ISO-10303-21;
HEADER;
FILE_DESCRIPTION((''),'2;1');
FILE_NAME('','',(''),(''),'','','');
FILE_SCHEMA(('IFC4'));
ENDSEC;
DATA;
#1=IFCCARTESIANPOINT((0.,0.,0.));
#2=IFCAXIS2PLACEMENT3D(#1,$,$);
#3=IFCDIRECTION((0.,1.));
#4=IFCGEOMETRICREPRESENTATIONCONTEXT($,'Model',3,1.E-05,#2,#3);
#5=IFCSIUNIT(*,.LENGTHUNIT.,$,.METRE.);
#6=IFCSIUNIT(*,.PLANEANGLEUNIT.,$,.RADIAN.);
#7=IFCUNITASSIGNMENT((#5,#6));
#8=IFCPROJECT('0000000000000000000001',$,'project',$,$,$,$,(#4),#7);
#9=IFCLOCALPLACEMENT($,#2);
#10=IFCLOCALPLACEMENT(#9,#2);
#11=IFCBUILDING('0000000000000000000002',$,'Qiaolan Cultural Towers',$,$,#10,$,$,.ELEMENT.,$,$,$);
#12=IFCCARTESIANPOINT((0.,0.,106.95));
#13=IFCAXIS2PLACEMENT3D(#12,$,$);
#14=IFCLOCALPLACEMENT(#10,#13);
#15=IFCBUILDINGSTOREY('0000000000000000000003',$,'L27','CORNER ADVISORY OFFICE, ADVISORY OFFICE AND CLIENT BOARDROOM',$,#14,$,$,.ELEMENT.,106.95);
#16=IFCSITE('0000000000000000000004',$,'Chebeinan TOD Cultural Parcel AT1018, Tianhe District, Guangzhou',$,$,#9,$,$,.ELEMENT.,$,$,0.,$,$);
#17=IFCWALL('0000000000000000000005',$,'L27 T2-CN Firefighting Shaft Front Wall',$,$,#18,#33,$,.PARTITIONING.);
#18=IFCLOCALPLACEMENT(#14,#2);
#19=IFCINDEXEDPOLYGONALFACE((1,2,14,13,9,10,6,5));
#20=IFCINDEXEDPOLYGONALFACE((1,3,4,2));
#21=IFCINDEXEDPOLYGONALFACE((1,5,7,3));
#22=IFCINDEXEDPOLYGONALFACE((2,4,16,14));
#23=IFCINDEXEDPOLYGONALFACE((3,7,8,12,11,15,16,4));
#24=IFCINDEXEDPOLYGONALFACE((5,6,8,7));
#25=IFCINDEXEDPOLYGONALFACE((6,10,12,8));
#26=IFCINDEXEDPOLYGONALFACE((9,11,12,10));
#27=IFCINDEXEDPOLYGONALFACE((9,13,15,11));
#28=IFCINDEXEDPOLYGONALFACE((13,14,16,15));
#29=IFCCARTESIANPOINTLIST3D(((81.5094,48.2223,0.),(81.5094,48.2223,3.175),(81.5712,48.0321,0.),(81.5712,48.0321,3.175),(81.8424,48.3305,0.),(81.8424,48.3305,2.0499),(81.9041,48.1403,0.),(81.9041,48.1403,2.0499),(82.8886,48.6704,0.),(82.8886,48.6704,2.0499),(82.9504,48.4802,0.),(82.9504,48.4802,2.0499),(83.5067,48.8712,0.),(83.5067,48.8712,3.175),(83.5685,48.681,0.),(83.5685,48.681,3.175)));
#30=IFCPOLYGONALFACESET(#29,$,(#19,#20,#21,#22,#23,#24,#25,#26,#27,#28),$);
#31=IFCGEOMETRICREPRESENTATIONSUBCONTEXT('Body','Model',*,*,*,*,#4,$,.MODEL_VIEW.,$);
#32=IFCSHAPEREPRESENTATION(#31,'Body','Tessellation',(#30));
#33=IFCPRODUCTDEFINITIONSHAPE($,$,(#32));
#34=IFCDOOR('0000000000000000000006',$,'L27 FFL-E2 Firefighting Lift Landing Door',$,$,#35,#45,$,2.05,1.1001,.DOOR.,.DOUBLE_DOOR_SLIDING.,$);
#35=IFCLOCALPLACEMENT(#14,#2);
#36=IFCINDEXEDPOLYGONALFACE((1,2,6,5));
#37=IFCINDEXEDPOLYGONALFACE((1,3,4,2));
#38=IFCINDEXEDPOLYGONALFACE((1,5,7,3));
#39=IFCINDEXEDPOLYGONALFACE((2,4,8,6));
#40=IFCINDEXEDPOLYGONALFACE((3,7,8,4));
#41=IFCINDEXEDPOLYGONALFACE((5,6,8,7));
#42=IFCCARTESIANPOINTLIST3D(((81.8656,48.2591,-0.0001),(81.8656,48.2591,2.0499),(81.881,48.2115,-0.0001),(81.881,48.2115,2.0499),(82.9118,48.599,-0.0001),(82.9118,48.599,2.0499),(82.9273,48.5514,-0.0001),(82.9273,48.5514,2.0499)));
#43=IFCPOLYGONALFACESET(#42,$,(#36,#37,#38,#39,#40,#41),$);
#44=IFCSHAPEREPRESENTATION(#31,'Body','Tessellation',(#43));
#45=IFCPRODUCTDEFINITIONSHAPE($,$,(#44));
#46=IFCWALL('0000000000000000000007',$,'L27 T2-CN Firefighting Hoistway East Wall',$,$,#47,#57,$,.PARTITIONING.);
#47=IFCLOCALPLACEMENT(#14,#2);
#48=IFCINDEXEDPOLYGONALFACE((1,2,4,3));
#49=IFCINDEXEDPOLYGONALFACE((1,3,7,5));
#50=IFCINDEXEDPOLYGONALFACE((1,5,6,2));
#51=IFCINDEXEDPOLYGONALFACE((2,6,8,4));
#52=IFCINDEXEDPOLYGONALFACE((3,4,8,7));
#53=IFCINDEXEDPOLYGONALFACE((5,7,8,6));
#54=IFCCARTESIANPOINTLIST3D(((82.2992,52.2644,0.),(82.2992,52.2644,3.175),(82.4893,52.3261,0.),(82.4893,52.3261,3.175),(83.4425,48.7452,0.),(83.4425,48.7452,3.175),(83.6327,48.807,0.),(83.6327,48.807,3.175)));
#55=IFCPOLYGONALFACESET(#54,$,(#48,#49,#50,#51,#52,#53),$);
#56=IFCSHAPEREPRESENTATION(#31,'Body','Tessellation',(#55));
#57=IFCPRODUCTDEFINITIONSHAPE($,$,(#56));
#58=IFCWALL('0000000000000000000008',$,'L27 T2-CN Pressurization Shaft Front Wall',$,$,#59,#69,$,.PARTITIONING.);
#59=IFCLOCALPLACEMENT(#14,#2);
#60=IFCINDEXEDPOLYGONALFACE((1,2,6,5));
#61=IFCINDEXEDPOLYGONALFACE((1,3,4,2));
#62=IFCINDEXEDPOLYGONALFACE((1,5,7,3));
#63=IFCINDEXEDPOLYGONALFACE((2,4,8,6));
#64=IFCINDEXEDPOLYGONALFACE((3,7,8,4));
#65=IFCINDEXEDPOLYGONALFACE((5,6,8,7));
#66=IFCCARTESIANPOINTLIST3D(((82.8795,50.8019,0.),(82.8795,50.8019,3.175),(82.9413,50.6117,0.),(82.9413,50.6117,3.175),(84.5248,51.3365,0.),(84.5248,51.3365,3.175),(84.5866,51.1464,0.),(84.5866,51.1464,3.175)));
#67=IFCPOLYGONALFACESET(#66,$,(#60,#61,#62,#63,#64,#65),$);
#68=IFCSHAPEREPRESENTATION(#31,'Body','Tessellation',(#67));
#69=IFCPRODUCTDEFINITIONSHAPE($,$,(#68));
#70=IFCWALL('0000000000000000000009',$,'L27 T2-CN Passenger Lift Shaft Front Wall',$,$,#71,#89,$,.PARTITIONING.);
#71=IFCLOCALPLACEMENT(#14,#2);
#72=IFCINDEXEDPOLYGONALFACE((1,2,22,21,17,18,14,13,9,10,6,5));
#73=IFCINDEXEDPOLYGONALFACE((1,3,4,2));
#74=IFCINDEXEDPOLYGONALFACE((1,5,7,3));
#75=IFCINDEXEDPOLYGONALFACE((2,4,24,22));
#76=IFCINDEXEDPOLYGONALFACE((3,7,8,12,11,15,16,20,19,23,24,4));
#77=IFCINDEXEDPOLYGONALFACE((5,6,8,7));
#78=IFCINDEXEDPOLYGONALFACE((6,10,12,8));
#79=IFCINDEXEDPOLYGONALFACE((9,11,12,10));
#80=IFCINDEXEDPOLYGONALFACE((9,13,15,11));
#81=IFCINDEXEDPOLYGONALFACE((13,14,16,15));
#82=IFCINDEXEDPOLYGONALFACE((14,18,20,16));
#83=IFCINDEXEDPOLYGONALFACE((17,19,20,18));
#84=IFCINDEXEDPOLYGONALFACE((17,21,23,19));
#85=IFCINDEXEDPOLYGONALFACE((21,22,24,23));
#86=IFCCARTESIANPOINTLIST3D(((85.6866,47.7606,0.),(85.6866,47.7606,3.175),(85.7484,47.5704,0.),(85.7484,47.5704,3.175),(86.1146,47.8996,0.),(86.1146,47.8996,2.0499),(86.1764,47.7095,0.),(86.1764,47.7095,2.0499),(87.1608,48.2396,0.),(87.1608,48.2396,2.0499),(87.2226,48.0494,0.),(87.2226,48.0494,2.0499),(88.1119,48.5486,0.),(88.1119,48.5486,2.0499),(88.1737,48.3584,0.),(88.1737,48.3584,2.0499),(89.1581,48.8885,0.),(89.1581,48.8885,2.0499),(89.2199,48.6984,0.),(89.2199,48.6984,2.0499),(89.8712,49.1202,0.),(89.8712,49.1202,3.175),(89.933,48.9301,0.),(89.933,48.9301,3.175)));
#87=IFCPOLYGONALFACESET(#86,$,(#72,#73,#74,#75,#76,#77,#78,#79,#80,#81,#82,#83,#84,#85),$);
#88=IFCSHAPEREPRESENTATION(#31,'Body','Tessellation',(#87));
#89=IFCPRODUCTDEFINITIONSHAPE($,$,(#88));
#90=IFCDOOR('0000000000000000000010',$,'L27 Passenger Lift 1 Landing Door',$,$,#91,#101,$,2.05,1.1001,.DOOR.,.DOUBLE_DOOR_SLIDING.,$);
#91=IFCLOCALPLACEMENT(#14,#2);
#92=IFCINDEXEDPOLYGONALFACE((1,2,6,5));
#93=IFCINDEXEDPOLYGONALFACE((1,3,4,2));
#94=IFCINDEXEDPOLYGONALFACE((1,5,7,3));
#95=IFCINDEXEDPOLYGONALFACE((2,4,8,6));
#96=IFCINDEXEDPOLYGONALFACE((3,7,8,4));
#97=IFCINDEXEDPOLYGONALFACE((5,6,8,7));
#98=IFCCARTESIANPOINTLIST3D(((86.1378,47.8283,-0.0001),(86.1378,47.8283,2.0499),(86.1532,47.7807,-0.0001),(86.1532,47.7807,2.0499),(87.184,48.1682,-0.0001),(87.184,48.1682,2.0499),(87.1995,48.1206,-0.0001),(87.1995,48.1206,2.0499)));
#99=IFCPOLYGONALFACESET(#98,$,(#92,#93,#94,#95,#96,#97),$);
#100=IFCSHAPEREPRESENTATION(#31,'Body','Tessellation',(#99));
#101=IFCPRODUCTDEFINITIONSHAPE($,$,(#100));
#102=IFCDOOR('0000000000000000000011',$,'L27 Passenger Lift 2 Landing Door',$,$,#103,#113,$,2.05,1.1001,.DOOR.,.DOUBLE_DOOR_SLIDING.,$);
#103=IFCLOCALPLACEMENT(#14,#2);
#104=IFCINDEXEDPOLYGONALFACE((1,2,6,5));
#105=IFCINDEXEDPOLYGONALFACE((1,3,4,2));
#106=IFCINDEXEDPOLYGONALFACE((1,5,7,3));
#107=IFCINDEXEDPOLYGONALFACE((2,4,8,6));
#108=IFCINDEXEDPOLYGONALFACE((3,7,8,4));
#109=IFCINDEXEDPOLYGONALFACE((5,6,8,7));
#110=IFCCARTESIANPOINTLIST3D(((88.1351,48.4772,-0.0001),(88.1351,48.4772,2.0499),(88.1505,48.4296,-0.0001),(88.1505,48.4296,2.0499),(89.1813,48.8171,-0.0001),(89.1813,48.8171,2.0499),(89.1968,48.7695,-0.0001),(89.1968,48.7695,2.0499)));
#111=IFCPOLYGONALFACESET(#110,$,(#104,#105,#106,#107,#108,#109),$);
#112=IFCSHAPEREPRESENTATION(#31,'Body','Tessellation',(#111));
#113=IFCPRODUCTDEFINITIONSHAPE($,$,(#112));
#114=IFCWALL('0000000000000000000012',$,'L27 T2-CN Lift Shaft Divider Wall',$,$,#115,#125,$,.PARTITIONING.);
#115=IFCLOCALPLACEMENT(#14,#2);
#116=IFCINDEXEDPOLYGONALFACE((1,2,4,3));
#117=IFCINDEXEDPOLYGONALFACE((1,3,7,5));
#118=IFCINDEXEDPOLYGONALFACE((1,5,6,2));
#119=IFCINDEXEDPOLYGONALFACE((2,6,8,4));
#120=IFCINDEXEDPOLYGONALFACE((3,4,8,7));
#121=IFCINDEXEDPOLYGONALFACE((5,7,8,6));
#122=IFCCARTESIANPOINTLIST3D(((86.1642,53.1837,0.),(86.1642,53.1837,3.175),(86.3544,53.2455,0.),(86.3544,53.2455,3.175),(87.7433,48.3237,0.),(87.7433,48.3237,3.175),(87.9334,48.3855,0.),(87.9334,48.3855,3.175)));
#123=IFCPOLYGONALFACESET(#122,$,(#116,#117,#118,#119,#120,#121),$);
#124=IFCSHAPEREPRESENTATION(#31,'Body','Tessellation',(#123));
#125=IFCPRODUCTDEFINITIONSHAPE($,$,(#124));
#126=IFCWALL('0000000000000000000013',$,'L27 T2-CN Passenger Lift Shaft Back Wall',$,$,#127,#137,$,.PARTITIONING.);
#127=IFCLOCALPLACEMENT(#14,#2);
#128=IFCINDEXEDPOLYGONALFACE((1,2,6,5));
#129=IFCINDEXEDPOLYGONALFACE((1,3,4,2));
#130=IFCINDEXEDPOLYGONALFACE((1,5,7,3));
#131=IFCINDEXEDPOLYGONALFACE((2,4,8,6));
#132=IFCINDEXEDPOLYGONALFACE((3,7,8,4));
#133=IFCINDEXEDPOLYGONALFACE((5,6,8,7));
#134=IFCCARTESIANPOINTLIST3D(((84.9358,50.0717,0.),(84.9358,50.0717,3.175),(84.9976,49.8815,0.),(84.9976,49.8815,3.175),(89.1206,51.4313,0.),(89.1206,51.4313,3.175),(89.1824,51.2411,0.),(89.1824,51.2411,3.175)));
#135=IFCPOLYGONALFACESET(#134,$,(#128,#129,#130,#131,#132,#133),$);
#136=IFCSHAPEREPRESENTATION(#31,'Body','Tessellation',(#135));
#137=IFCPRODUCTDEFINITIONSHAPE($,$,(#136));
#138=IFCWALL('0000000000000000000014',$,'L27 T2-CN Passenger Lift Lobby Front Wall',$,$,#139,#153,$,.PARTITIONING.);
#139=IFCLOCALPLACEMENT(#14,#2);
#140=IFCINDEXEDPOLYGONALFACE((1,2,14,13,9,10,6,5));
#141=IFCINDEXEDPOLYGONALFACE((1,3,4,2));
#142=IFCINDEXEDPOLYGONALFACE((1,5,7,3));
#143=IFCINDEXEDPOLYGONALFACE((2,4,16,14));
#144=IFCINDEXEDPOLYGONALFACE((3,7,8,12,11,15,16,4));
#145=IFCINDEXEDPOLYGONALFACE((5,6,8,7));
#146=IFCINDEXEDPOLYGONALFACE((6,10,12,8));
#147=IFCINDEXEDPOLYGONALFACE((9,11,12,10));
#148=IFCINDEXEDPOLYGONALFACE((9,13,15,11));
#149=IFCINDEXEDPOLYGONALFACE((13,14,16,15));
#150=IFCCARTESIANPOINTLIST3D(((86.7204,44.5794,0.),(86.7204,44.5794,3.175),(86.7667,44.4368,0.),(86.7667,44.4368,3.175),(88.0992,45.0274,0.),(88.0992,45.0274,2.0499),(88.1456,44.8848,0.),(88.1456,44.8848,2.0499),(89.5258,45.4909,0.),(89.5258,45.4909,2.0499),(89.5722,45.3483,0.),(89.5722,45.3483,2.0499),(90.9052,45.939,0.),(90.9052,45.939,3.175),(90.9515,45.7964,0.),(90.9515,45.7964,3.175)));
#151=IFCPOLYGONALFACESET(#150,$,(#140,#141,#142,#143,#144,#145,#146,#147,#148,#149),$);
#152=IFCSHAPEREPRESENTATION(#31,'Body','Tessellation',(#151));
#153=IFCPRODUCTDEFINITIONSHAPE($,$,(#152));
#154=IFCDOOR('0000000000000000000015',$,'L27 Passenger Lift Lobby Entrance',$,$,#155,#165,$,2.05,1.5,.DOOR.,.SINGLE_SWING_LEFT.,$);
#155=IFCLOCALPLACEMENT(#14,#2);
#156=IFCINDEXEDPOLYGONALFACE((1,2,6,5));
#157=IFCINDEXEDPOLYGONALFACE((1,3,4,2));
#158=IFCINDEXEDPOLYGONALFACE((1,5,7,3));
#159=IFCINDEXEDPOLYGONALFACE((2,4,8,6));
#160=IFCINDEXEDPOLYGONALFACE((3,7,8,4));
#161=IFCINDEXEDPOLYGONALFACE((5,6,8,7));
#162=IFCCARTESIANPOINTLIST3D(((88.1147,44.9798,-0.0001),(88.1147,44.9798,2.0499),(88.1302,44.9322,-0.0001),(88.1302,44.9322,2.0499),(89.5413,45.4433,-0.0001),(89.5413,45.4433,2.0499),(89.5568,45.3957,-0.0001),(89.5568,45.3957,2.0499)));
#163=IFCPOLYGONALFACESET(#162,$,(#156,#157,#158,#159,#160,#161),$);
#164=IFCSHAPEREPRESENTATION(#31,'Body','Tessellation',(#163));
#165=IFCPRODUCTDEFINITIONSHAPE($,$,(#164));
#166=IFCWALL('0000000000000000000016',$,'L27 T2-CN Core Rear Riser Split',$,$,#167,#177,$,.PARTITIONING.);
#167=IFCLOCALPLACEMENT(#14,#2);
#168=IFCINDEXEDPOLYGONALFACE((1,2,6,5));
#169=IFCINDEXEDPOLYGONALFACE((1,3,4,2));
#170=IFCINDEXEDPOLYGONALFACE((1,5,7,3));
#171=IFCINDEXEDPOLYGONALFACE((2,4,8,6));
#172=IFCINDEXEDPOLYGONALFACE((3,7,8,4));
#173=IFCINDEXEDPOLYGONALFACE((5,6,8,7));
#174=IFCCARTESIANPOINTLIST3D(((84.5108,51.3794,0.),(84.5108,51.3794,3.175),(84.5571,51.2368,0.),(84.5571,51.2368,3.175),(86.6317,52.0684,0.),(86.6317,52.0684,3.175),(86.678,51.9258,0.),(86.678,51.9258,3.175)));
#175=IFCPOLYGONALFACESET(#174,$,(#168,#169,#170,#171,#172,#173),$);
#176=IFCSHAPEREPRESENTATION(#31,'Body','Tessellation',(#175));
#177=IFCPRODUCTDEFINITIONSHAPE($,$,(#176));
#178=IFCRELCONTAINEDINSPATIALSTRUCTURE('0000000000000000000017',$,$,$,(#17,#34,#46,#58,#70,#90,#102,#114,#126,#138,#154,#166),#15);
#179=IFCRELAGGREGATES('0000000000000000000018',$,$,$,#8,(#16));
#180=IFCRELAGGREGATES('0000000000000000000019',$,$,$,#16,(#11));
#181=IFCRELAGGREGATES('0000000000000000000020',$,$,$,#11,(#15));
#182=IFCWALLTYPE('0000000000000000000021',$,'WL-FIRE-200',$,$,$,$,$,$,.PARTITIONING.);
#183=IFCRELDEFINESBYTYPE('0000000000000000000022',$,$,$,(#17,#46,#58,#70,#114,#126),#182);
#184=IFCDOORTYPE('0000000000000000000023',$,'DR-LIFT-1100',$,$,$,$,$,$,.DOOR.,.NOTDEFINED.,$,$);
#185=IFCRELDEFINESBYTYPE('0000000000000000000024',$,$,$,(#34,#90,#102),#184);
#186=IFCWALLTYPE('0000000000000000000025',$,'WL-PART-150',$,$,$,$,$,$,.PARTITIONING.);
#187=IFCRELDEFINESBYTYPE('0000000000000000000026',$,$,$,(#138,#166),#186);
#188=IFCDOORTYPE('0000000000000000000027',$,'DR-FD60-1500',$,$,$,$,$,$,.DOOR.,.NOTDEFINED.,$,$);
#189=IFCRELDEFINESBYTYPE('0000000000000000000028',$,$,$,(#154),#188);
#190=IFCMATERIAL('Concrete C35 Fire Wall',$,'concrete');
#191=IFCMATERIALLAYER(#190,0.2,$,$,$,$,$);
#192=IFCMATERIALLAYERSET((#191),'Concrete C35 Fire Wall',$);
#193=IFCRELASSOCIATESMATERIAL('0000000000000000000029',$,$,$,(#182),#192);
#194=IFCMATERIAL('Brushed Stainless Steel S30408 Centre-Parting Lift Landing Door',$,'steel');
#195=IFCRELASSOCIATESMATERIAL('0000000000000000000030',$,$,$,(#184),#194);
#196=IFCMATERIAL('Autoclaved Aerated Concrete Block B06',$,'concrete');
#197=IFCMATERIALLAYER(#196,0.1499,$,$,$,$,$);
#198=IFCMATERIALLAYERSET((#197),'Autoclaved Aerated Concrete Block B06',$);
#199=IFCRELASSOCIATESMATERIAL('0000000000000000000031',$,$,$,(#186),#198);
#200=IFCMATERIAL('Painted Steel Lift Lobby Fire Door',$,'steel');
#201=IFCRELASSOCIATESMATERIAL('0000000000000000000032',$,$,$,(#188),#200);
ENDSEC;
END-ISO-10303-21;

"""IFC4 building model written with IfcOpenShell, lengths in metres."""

from ifc_helpers import new_model, si_unit, direction, frame, frame_2d, origin, place, context, subcontext, project, spatial, rectangle, extrude, material, layer, layer_set, type_object, element, fill, save


model = new_model("IFC4")

# Units and contexts
model_context = context("Model", 3, precision=1e-05, world=origin(), true_north=direction((0.0, 1.0)))
body_context = subcontext(model_context, "Body", "Model", "MODEL_VIEW")
ifc_project = project(units=[si_unit("LENGTHUNIT", "METRE"), si_unit("PLANEANGLEUNIT", "RADIAN")], contexts=[model_context])

# Site, building, storey
site_placement = place(None, origin())
site = spatial("IfcSite", under=ifc_project, at=site_placement, Name="Chebeinan TOD Cultural Parcel AT1018, Tianhe District, Guangzhou", CompositionType="ELEMENT", RefElevation=0.0)
building_placement = place(site_placement, origin())
building = spatial("IfcBuilding", under=site, at=building_placement, Name="Qiaolan Cultural Towers", CompositionType="ELEMENT")
storey_placement = place(building_placement, frame((0.0, 0.0, 106.95)))
storey = spatial("IfcBuildingStorey", under=building, at=storey_placement, Name="L27", Description="CORNER ADVISORY OFFICE, ADVISORY OFFICE AND CLIENT BOARDROOM", CompositionType="ELEMENT", Elevation=106.95)

# Shared definitions
ifc_material_1 = material(Name="Concrete C35 Fire Wall", Category="concrete")
ifc_layer_1 = layer(ifc_material_1, 0.2)
ifc_layer_set_1 = layer_set([ifc_layer_1], Name="Concrete C35 Fire Wall")
wall_type_1 = type_object("IfcWallType", Name="WL-FIRE-200", PredefinedType="PARTITIONING", material=ifc_layer_set_1)

# Wall, opening, door
wall_1_placement = place(storey_placement, frame((81.5403, 48.1272, 0.0), z_axis=(0.0, 0.0, 1.0), x_axis=(0.951062, 0.308999, 0.0)))
wall_1 = element("IfcWall", 1, at=wall_1_placement, inside=storey, type_object=wall_type_1, Name="L27 T2-CN Firefighting Shaft Front Wall", PredefinedType="PARTITIONING", context=body_context, shape_type="SweptSolid", body=[
    extrude(rectangle(XDim=2.1001, YDim=0.2, at=frame_2d((1.05, 0.0))), origin(), (0.0, 0.0, 1.0), 3.175),
])
opening_1_placement = place(wall_1_placement, frame((0.3501, 0.0, 0.0)))
opening_1 = element("IfcOpeningElement", 2, at=opening_1_placement, cuts=wall_1, PredefinedType="OPENING", context=body_context, shape_type="SweptSolid", body=[
    extrude(rectangle(XDim=1.1001, YDim=2.05, at=frame_2d((0.55, 1.0249))), frame((0.0, 0.1099, 0.0), z_axis=(0.0, -1.0, 0.0), x_axis=(1.0, 0.0, 0.0)), (0.0, 0.0, 1.0), 0.22),
])
ifc_material_2 = material(Name="Brushed Stainless Steel S30408 Centre-Parting Lift Landing Door", Category="steel")
door_type_1 = type_object("IfcDoorType", Name="DR-LIFT-1100", OperationType="NOTDEFINED", PredefinedType="DOOR", material=ifc_material_2)
door_1_placement = place(opening_1_placement, origin())
door_1 = element("IfcDoor", 3, at=door_1_placement, inside=storey, type_object=door_type_1, Name="L27 FFL-E2 Firefighting Lift Landing Door", OperationType="DOUBLE_DOOR_SLIDING", OverallHeight=2.05, OverallWidth=1.1001, PredefinedType="DOOR", context=body_context, shape_type="SweptSolid", body=[
    extrude(rectangle(XDim=1.1001, YDim=2.05, at=frame_2d((0.55, 1.0249))), frame((0.0, 0.0249, 0.0), z_axis=(0.0, -1.0, 0.0), x_axis=(1.0, 0.0, 0.0)), (0.0, 0.0, 1.0), 0.05),
])
fill(opening_1, door_1)

# Walls
wall_2_placement = place(storey_placement, frame((83.5376, 48.7761, 0.0), z_axis=(0.0, 0.0, 1.0), x_axis=(-0.308994, 0.951064, 0.0)))
element("IfcWall", 4, at=wall_2_placement, inside=storey, type_object=wall_type_1, Name="L27 T2-CN Firefighting Hoistway East Wall", PredefinedType="PARTITIONING", context=body_context, shape_type="SweptSolid", body=[
    extrude(rectangle(XDim=3.7002, YDim=0.2, at=frame_2d((1.8501, 0.0))), origin(), (0.0, 0.0, 1.0), 3.175),
])
wall_3_placement = place(storey_placement, frame((82.9104, 50.7068, 0.0), z_axis=(0.0, 0.0, 1.0), x_axis=(0.951041, 0.309064, 0.0)))
element("IfcWall", 5, at=wall_3_placement, inside=storey, type_object=wall_type_1, Name="L27 T2-CN Pressurization Shaft Front Wall", PredefinedType="PARTITIONING", context=body_context, shape_type="SweptSolid", body=[
    extrude(rectangle(XDim=1.73, YDim=0.2, at=frame_2d((0.865, 0.0))), origin(), (0.0, 0.0, 1.0), 3.175),
])

# Wall, openings, doors
wall_4_placement = place(storey_placement, frame((85.7175, 47.6655, 0.0), z_axis=(0.0, 0.0, 1.0), x_axis=(0.951059, 0.309011, 0.0)))
wall_4 = element("IfcWall", 6, at=wall_4_placement, inside=storey, type_object=wall_type_1, Name="L27 T2-CN Passenger Lift Shaft Front Wall", PredefinedType="PARTITIONING", context=body_context, shape_type="SweptSolid", body=[
    extrude(rectangle(XDim=4.3999, YDim=0.2, at=frame_2d((2.2, 0.0))), origin(), (0.0, 0.0, 1.0), 3.175),
])
opening_2_placement = place(wall_4_placement, frame((0.45, 0.0, 0.0)))
opening_2 = element("IfcOpeningElement", 7, at=opening_2_placement, cuts=wall_4, PredefinedType="OPENING", context=body_context, shape_type="SweptSolid", body=[
    extrude(rectangle(XDim=1.1001, YDim=2.05, at=frame_2d((0.55, 1.0249))), frame((0.0, 0.1099, 0.0), z_axis=(0.0, -1.0, 0.0), x_axis=(1.0, 0.0, 0.0)), (0.0, 0.0, 1.0), 0.22),
])
opening_3_placement = place(wall_4_placement, frame((2.55, 0.0, 0.0)))
opening_3 = element("IfcOpeningElement", 8, at=opening_3_placement, cuts=wall_4, PredefinedType="OPENING", context=body_context, shape_type="SweptSolid", body=[
    extrude(rectangle(XDim=1.1001, YDim=2.05, at=frame_2d((0.55, 1.0249))), frame((0.0, 0.1099, 0.0), z_axis=(0.0, -1.0, 0.0), x_axis=(1.0, 0.0, 0.0)), (0.0, 0.0, 1.0), 0.22),
])
door_2_placement = place(opening_2_placement, origin())
door_2 = element("IfcDoor", 9, at=door_2_placement, inside=storey, type_object=door_type_1, Name="L27 Passenger Lift 1 Landing Door", OperationType="DOUBLE_DOOR_SLIDING", OverallHeight=2.05, OverallWidth=1.1001, PredefinedType="DOOR", context=body_context, shape_type="SweptSolid", body=[
    extrude(rectangle(XDim=1.1001, YDim=2.05, at=frame_2d((0.55, 1.0249))), frame((0.0, 0.0249, 0.0), z_axis=(0.0, -1.0, 0.0), x_axis=(1.0, 0.0, 0.0)), (0.0, 0.0, 1.0), 0.05),
])
fill(opening_2, door_2)
door_3_placement = place(opening_3_placement, origin())
door_3 = element("IfcDoor", 10, at=door_3_placement, inside=storey, type_object=door_type_1, Name="L27 Passenger Lift 2 Landing Door", OperationType="DOUBLE_DOOR_SLIDING", OverallHeight=2.05, OverallWidth=1.1001, PredefinedType="DOOR", context=body_context, shape_type="SweptSolid", body=[
    extrude(rectangle(XDim=1.1001, YDim=2.05, at=frame_2d((0.55, 1.0249))), frame((0.0, 0.0249, 0.0), z_axis=(0.0, -1.0, 0.0), x_axis=(1.0, 0.0, 0.0)), (0.0, 0.0, 1.0), 0.05),
])
fill(opening_3, door_3)

# Walls
wall_5_placement = place(storey_placement, frame((87.8384, 48.3545, 0.0), z_axis=(0.0, 0.0, 1.0), x_axis=(-0.309009, 0.951059, 0.0)))
element("IfcWall", 11, at=wall_5_placement, inside=storey, type_object=wall_type_1, Name="L27 T2-CN Lift Shaft Divider Wall", PredefinedType="PARTITIONING", context=body_context, shape_type="SweptSolid", body=[
    extrude(rectangle(XDim=5.1101, YDim=0.2, at=frame_2d((2.5552, 0.0))), origin(), (0.0, 0.0, 1.0), 3.175),
])
wall_6_placement = place(storey_placement, frame((84.9666, 49.9766, 0.0), z_axis=(0.0, 0.0, 1.0), x_axis=(0.951064, 0.308994, 0.0)))
element("IfcWall", 12, at=wall_6_placement, inside=storey, type_object=wall_type_1, Name="L27 T2-CN Passenger Lift Shaft Back Wall", PredefinedType="PARTITIONING", context=body_context, shape_type="SweptSolid", body=[
    extrude(rectangle(XDim=4.4001, YDim=0.2, at=frame_2d((2.2002, 0.0))), origin(), (0.0, 0.0, 1.0), 3.175),
])

# Wall, opening, door
ifc_material_3 = material(Name="Autoclaved Aerated Concrete Block B06", Category="concrete")
ifc_layer_2 = layer(ifc_material_3, 0.1499)
ifc_layer_set_2 = layer_set([ifc_layer_2], Name="Autoclaved Aerated Concrete Block B06")
wall_type_2 = type_object("IfcWallType", Name="WL-PART-150", PredefinedType="PARTITIONING", material=ifc_layer_set_2)
wall_7_placement = place(storey_placement, frame((86.7434, 44.5081, 0.0), z_axis=(0.0, 0.0, 1.0), x_axis=(0.951064, 0.308994, 0.0)))
wall_7 = element("IfcWall", 13, at=wall_7_placement, inside=storey, type_object=wall_type_2, Name="L27 T2-CN Passenger Lift Lobby Front Wall", PredefinedType="PARTITIONING", context=body_context, shape_type="SweptSolid", body=[
    extrude(rectangle(XDim=4.4001, YDim=0.1499, at=frame_2d((2.2002, 0.0))), origin(), (0.0, 0.0, 1.0), 3.175),
])
opening_4_placement = place(wall_7_placement, frame((1.45, 0.0, 0.0)))
opening_4 = element("IfcOpeningElement", 14, at=opening_4_placement, cuts=wall_7, PredefinedType="OPENING", context=body_context, shape_type="SweptSolid", body=[
    extrude(rectangle(XDim=1.5, YDim=2.05, at=frame_2d((0.75, 1.0249))), frame((0.0, 0.085, 0.0), z_axis=(0.0, -1.0, 0.0), x_axis=(1.0, 0.0, 0.0)), (0.0, 0.0, 1.0), 0.1699),
])
ifc_material_4 = material(Name="Painted Steel Lift Lobby Fire Door", Category="steel")
door_type_2 = type_object("IfcDoorType", Name="DR-FD60-1500", OperationType="NOTDEFINED", PredefinedType="DOOR", material=ifc_material_4)
door_4_placement = place(opening_4_placement, origin())
door_4 = element("IfcDoor", 15, at=door_4_placement, inside=storey, type_object=door_type_2, Name="L27 Passenger Lift Lobby Entrance", OperationType="SINGLE_SWING_LEFT", OverallHeight=2.05, OverallWidth=1.5, PredefinedType="DOOR", context=body_context, shape_type="SweptSolid", body=[
    extrude(rectangle(XDim=1.5, YDim=2.05, at=frame_2d((0.75, 1.0249))), frame((0.0, 0.0249, 0.0), z_axis=(0.0, -1.0, 0.0), x_axis=(1.0, 0.0, 0.0)), (0.0, 0.0, 1.0), 0.05),
])
fill(opening_4, door_4)

# Wall
wall_8_placement = place(storey_placement, frame((84.5339, 51.3081, 0.0), z_axis=(0.0, 0.0, 1.0), x_axis=(0.951075, 0.30896, 0.0)))
element("IfcWall", 16, at=wall_8_placement, inside=storey, type_object=wall_type_2, Name="L27 T2-CN Core Rear Riser Split", PredefinedType="PARTITIONING", context=body_context, shape_type="SweptSolid", body=[
    extrude(rectangle(XDim=2.23, YDim=0.1499, at=frame_2d((1.115, 0.0))), origin(), (0.0, 0.0, 1.0), 3.175),
])

save(model, "model.ifc")
